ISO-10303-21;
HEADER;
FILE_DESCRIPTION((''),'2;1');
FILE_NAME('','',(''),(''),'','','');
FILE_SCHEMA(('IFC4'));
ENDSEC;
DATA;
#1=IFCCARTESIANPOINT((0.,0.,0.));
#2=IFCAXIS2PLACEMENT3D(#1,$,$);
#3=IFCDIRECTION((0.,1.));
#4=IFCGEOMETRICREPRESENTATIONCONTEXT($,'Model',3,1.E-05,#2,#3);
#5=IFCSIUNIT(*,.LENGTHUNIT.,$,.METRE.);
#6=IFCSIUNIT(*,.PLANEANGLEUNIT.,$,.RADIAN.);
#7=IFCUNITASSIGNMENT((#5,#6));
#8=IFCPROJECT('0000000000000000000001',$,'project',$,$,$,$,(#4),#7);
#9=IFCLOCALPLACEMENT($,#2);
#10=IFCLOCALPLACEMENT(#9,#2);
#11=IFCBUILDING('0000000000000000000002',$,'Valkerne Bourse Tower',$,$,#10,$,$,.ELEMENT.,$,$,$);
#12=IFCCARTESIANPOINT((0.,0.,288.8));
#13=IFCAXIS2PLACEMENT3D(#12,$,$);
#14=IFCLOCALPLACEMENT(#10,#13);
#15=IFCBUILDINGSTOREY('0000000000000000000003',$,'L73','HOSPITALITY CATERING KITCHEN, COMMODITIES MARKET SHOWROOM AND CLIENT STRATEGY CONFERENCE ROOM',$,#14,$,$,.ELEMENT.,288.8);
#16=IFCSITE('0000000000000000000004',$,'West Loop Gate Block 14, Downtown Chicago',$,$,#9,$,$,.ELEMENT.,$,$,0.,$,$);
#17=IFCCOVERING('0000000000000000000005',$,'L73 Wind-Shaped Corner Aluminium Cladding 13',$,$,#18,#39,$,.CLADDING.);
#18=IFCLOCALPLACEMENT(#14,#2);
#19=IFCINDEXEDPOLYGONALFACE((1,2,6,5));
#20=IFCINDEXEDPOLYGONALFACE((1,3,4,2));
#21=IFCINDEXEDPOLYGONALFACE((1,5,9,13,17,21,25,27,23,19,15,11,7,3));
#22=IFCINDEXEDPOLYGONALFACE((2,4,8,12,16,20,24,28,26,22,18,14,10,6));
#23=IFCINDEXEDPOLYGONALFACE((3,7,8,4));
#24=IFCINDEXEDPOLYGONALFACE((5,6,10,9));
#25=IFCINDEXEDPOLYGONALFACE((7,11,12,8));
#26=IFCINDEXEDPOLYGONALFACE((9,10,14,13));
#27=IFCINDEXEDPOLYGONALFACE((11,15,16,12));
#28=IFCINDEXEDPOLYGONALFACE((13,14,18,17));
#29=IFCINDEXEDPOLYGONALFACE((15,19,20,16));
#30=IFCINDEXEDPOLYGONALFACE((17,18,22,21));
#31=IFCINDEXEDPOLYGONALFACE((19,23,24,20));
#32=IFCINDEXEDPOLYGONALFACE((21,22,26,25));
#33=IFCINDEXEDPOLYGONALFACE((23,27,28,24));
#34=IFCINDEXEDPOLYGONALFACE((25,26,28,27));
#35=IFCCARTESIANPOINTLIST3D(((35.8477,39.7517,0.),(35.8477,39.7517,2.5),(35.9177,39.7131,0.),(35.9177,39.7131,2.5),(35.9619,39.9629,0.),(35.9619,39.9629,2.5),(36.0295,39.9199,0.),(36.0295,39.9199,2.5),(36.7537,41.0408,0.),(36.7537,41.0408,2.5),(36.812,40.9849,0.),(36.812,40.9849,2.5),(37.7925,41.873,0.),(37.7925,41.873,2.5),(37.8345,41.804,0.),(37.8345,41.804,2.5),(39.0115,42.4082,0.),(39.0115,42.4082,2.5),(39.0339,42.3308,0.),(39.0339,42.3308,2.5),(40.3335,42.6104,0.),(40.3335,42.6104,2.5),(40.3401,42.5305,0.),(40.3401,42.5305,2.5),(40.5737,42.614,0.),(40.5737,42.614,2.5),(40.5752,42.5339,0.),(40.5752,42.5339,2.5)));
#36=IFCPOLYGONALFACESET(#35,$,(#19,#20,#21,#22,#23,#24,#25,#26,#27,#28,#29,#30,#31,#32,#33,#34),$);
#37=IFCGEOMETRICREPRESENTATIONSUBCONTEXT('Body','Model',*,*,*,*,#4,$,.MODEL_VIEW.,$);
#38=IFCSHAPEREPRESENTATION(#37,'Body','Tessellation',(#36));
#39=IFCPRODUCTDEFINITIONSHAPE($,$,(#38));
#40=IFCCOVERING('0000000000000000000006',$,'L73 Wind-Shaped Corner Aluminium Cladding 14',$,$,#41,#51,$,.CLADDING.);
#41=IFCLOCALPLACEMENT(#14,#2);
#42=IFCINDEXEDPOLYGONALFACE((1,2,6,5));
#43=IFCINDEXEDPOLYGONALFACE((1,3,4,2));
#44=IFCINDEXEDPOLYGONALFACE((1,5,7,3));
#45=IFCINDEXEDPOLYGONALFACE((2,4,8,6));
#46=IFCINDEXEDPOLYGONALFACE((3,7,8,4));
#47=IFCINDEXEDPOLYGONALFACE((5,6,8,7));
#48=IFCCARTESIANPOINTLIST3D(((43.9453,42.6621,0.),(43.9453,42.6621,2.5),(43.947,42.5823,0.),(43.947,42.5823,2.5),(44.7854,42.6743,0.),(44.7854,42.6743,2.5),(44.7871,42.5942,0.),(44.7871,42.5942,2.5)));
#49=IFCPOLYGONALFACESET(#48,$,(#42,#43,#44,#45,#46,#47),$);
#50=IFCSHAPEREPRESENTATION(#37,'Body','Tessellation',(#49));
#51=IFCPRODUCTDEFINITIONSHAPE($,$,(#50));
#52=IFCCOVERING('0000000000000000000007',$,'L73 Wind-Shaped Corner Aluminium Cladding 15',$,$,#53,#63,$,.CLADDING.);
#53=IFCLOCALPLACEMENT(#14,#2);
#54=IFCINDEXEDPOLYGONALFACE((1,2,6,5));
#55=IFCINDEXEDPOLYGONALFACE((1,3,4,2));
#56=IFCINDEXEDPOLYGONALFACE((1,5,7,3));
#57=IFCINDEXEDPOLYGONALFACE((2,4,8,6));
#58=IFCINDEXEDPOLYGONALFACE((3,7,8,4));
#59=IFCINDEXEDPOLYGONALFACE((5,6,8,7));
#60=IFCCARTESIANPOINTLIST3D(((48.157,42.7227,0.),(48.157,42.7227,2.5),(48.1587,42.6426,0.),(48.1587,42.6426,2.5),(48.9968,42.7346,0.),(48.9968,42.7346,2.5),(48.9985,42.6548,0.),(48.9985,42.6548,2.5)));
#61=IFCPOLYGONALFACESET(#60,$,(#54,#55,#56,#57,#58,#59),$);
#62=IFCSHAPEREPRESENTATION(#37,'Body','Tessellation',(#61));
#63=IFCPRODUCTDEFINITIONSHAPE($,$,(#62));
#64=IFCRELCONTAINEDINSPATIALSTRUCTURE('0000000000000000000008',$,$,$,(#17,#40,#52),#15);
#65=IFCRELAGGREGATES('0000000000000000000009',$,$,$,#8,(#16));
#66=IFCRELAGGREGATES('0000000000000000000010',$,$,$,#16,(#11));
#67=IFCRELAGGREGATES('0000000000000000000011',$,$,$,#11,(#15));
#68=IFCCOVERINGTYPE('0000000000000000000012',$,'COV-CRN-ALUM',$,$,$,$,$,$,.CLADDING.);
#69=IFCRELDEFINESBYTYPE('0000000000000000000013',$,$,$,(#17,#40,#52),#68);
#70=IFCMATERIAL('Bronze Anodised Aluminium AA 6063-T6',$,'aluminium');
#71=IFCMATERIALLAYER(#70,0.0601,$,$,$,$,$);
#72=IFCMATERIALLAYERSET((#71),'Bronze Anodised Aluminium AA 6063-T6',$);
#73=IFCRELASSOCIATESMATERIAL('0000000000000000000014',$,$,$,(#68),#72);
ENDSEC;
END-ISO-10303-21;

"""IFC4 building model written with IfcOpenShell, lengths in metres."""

from ifc_helpers import new_model, si_unit, direction, frame, origin, place, context, subcontext, project, spatial, polyline, outline, extrude, material, layer, layer_set, type_object, element, save


model = new_model("IFC4")

# Units and contexts
model_context = context("Model", 3, precision=1e-05, world=origin(), true_north=direction((0.0, 1.0)))
body_context = subcontext(model_context, "Body", "Model", "MODEL_VIEW")
ifc_project = project(units=[si_unit("LENGTHUNIT", "METRE"), si_unit("PLANEANGLEUNIT", "RADIAN")], contexts=[model_context])

# Site, building, storey
site_placement = place(None, origin())
site = spatial("IfcSite", under=ifc_project, at=site_placement, Name="West Loop Gate Block 14, Downtown Chicago", CompositionType="ELEMENT", RefElevation=0.0)
building_placement = place(site_placement, origin())
building = spatial("IfcBuilding", under=site, at=building_placement, Name="Valkerne Bourse Tower", CompositionType="ELEMENT")
storey_placement = place(building_placement, frame((0.0, 0.0, 288.8)))
storey = spatial("IfcBuildingStorey", under=building, at=storey_placement, Name="L73", Description="HOSPITALITY CATERING KITCHEN, COMMODITIES MARKET SHOWROOM AND CLIENT STRATEGY CONFERENCE ROOM", CompositionType="ELEMENT", Elevation=288.8)

# Coverings
ifc_material_1 = material(Name="Bronze Anodised Aluminium AA 6063-T6", Category="aluminium")
ifc_layer_1 = layer(ifc_material_1, 0.0601)
ifc_layer_set_1 = layer_set([ifc_layer_1], Name="Bronze Anodised Aluminium AA 6063-T6")
covering_type = type_object("IfcCoveringType", Name="COV-CRN-ALUM", PredefinedType="CLADDING", material=ifc_layer_set_1)
covering_1_placement = place(storey_placement, origin())
element("IfcCovering", 1, at=covering_1_placement, inside=storey, type_object=covering_type, Name="L73 Wind-Shaped Corner Aluminium Cladding 13", PredefinedType="CLADDING", context=body_context, shape_type="SweptSolid", body=[
    extrude(outline(polyline([(35.9619, 39.9629), (36.7537, 41.0408), (37.7925, 41.873), (39.0115, 42.4082), (40.3335, 42.6104), (40.5737, 42.614), (40.5752, 42.5339), (40.3401, 42.5305), (39.0339, 42.3308), (37.8345, 41.804), (36.812, 40.9849), (36.0295, 39.9199), (35.9177, 39.7131), (35.8477, 39.7517), (35.9619, 39.9629)])), origin(), (0.0, 0.0, 1.0), 2.5),
])
covering_2_placement = place(storey_placement, origin())
element("IfcCovering", 2, at=covering_2_placement, inside=storey, type_object=covering_type, Name="L73 Wind-Shaped Corner Aluminium Cladding 14", PredefinedType="CLADDING", context=body_context, shape_type="SweptSolid", body=[
    extrude(outline(polyline([(44.7854, 42.6743), (44.7871, 42.5942), (43.947, 42.5823), (43.9453, 42.6621), (44.7854, 42.6743)])), origin(), (0.0, 0.0, 1.0), 2.5),
])
covering_3_placement = place(storey_placement, origin())
element("IfcCovering", 3, at=covering_3_placement, inside=storey, type_object=covering_type, Name="L73 Wind-Shaped Corner Aluminium Cladding 15", PredefinedType="CLADDING", context=body_context, shape_type="SweptSolid", body=[
    extrude(outline(polyline([(48.9968, 42.7346), (48.9985, 42.6548), (48.1587, 42.6426), (48.157, 42.7227), (48.9968, 42.7346)])), origin(), (0.0, 0.0, 1.0), 2.5),
])

save(model, "model.ifc")
